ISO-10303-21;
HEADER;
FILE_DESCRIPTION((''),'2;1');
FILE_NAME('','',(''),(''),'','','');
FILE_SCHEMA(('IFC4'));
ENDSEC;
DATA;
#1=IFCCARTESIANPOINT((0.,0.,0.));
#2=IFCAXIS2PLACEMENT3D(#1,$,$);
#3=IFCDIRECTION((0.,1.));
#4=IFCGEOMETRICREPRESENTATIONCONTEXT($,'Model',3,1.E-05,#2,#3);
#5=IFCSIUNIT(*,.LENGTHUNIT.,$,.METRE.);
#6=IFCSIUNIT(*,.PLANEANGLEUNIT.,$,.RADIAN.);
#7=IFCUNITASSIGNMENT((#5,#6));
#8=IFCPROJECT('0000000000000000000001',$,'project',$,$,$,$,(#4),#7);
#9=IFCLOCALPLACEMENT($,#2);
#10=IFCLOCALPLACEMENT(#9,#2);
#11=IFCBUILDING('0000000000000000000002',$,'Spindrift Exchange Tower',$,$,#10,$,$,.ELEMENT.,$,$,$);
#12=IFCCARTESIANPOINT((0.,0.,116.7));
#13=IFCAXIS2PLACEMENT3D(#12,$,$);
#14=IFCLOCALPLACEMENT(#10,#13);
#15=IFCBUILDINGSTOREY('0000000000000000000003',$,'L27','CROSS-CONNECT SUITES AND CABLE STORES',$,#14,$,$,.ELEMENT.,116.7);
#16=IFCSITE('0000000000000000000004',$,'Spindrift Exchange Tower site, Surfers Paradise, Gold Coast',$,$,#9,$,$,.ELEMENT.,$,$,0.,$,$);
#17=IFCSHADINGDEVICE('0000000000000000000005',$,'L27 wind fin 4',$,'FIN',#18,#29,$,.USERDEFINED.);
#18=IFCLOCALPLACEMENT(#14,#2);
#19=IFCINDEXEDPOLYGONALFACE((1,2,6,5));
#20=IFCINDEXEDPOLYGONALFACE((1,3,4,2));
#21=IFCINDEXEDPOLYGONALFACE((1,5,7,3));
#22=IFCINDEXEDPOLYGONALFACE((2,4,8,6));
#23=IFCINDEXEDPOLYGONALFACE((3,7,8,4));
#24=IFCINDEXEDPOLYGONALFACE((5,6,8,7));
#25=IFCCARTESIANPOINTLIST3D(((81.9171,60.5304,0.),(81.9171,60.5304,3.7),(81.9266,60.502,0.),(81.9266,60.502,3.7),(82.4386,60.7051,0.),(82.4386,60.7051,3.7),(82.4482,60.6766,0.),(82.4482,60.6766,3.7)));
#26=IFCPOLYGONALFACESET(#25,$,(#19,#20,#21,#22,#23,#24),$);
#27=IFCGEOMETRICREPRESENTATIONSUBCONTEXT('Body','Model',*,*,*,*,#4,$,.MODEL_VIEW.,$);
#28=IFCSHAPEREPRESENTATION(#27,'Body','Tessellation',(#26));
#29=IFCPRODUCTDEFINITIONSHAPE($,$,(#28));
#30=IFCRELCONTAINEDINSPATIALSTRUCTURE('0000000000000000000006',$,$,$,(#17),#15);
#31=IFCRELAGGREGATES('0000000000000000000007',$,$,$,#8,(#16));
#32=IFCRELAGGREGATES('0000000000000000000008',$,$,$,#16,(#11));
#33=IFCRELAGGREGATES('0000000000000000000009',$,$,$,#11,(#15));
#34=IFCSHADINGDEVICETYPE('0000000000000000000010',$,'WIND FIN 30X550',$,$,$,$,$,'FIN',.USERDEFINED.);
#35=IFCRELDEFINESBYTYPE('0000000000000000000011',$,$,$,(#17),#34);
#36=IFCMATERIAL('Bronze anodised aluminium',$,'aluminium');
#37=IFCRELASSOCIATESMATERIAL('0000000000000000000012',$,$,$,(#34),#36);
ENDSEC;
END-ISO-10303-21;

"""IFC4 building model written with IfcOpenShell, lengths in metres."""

from ifc_helpers import new_model, si_unit, direction, frame, origin, origin_2d, place, context, subcontext, project, spatial, rectangle, extrude, source, transform, mapped, material, material_profile, profile_set, type_object, element, save


model = new_model("IFC4")

# Units and contexts
model_context = context("Model", 3, precision=1e-05, world=origin(), true_north=direction((0.0, 1.0)))
body_context = subcontext(model_context, "Body", "Model", "MODEL_VIEW")
ifc_project = project(units=[si_unit("LENGTHUNIT", "METRE"), si_unit("PLANEANGLEUNIT", "RADIAN")], contexts=[model_context])

# Site, building, storey
site_placement = place(None, origin())
site = spatial("IfcSite", under=ifc_project, at=site_placement, Name="Spindrift Exchange Tower site, Surfers Paradise, Gold Coast", CompositionType="ELEMENT", RefElevation=0.0)
building_placement = place(site_placement, origin())
building = spatial("IfcBuilding", under=site, at=building_placement, Name="Spindrift Exchange Tower", CompositionType="ELEMENT")
storey_placement = place(building_placement, frame((0.0, 0.0, 116.7)))
storey = spatial("IfcBuildingStorey", under=building, at=storey_placement, Name="L27", Description="CROSS-CONNECT SUITES AND CABLE STORES", CompositionType="ELEMENT", Elevation=116.7)

# Shared definitions
ifc_material_1 = material(Name="Bronze anodised aluminium", Category="aluminium")

# Shading device
ifc_material_profile_1 = material_profile(ifc_material_1, rectangle(XDim=0.03, YDim=0.55, at=origin_2d()), Name="WIND FIN 30X550")
ifc_profile_set_1 = profile_set([ifc_material_profile_1], Name="Bronze anodised aluminium")
shading_device_type = type_object("IfcShadingDeviceType", Name="WIND FIN 30X550", ElementType="FIN", PredefinedType="USERDEFINED", material=ifc_profile_set_1)
shared_shape_1 = source(origin(), body_context, "Body", "SweptSolid", [
    extrude(rectangle(XDim=0.03, YDim=0.55, at=origin_2d()), origin(), (0.0, 0.0, 1.0), 3.7),
])
for number, where, z_axis, x_axis, name in (
    (1, (82.1826, 60.6035, 0.0), (0.0, 0.0, 1.0), (-0.317517, 0.948253, 0.0), "L27 wind fin 4"),
):
    element("IfcShadingDevice", number, at=place(storey_placement, frame(where, z_axis=z_axis, x_axis=x_axis)), inside=storey, type_object=shading_device_type, Name=name, ObjectType="FIN", PredefinedType="USERDEFINED", context=body_context, shape_type="MappedRepresentation", body=[
        mapped(shared_shape_1, transform((0.0, 0.0, 0.0), scale=1.0)),
    ])

save(model, "model.ifc")
